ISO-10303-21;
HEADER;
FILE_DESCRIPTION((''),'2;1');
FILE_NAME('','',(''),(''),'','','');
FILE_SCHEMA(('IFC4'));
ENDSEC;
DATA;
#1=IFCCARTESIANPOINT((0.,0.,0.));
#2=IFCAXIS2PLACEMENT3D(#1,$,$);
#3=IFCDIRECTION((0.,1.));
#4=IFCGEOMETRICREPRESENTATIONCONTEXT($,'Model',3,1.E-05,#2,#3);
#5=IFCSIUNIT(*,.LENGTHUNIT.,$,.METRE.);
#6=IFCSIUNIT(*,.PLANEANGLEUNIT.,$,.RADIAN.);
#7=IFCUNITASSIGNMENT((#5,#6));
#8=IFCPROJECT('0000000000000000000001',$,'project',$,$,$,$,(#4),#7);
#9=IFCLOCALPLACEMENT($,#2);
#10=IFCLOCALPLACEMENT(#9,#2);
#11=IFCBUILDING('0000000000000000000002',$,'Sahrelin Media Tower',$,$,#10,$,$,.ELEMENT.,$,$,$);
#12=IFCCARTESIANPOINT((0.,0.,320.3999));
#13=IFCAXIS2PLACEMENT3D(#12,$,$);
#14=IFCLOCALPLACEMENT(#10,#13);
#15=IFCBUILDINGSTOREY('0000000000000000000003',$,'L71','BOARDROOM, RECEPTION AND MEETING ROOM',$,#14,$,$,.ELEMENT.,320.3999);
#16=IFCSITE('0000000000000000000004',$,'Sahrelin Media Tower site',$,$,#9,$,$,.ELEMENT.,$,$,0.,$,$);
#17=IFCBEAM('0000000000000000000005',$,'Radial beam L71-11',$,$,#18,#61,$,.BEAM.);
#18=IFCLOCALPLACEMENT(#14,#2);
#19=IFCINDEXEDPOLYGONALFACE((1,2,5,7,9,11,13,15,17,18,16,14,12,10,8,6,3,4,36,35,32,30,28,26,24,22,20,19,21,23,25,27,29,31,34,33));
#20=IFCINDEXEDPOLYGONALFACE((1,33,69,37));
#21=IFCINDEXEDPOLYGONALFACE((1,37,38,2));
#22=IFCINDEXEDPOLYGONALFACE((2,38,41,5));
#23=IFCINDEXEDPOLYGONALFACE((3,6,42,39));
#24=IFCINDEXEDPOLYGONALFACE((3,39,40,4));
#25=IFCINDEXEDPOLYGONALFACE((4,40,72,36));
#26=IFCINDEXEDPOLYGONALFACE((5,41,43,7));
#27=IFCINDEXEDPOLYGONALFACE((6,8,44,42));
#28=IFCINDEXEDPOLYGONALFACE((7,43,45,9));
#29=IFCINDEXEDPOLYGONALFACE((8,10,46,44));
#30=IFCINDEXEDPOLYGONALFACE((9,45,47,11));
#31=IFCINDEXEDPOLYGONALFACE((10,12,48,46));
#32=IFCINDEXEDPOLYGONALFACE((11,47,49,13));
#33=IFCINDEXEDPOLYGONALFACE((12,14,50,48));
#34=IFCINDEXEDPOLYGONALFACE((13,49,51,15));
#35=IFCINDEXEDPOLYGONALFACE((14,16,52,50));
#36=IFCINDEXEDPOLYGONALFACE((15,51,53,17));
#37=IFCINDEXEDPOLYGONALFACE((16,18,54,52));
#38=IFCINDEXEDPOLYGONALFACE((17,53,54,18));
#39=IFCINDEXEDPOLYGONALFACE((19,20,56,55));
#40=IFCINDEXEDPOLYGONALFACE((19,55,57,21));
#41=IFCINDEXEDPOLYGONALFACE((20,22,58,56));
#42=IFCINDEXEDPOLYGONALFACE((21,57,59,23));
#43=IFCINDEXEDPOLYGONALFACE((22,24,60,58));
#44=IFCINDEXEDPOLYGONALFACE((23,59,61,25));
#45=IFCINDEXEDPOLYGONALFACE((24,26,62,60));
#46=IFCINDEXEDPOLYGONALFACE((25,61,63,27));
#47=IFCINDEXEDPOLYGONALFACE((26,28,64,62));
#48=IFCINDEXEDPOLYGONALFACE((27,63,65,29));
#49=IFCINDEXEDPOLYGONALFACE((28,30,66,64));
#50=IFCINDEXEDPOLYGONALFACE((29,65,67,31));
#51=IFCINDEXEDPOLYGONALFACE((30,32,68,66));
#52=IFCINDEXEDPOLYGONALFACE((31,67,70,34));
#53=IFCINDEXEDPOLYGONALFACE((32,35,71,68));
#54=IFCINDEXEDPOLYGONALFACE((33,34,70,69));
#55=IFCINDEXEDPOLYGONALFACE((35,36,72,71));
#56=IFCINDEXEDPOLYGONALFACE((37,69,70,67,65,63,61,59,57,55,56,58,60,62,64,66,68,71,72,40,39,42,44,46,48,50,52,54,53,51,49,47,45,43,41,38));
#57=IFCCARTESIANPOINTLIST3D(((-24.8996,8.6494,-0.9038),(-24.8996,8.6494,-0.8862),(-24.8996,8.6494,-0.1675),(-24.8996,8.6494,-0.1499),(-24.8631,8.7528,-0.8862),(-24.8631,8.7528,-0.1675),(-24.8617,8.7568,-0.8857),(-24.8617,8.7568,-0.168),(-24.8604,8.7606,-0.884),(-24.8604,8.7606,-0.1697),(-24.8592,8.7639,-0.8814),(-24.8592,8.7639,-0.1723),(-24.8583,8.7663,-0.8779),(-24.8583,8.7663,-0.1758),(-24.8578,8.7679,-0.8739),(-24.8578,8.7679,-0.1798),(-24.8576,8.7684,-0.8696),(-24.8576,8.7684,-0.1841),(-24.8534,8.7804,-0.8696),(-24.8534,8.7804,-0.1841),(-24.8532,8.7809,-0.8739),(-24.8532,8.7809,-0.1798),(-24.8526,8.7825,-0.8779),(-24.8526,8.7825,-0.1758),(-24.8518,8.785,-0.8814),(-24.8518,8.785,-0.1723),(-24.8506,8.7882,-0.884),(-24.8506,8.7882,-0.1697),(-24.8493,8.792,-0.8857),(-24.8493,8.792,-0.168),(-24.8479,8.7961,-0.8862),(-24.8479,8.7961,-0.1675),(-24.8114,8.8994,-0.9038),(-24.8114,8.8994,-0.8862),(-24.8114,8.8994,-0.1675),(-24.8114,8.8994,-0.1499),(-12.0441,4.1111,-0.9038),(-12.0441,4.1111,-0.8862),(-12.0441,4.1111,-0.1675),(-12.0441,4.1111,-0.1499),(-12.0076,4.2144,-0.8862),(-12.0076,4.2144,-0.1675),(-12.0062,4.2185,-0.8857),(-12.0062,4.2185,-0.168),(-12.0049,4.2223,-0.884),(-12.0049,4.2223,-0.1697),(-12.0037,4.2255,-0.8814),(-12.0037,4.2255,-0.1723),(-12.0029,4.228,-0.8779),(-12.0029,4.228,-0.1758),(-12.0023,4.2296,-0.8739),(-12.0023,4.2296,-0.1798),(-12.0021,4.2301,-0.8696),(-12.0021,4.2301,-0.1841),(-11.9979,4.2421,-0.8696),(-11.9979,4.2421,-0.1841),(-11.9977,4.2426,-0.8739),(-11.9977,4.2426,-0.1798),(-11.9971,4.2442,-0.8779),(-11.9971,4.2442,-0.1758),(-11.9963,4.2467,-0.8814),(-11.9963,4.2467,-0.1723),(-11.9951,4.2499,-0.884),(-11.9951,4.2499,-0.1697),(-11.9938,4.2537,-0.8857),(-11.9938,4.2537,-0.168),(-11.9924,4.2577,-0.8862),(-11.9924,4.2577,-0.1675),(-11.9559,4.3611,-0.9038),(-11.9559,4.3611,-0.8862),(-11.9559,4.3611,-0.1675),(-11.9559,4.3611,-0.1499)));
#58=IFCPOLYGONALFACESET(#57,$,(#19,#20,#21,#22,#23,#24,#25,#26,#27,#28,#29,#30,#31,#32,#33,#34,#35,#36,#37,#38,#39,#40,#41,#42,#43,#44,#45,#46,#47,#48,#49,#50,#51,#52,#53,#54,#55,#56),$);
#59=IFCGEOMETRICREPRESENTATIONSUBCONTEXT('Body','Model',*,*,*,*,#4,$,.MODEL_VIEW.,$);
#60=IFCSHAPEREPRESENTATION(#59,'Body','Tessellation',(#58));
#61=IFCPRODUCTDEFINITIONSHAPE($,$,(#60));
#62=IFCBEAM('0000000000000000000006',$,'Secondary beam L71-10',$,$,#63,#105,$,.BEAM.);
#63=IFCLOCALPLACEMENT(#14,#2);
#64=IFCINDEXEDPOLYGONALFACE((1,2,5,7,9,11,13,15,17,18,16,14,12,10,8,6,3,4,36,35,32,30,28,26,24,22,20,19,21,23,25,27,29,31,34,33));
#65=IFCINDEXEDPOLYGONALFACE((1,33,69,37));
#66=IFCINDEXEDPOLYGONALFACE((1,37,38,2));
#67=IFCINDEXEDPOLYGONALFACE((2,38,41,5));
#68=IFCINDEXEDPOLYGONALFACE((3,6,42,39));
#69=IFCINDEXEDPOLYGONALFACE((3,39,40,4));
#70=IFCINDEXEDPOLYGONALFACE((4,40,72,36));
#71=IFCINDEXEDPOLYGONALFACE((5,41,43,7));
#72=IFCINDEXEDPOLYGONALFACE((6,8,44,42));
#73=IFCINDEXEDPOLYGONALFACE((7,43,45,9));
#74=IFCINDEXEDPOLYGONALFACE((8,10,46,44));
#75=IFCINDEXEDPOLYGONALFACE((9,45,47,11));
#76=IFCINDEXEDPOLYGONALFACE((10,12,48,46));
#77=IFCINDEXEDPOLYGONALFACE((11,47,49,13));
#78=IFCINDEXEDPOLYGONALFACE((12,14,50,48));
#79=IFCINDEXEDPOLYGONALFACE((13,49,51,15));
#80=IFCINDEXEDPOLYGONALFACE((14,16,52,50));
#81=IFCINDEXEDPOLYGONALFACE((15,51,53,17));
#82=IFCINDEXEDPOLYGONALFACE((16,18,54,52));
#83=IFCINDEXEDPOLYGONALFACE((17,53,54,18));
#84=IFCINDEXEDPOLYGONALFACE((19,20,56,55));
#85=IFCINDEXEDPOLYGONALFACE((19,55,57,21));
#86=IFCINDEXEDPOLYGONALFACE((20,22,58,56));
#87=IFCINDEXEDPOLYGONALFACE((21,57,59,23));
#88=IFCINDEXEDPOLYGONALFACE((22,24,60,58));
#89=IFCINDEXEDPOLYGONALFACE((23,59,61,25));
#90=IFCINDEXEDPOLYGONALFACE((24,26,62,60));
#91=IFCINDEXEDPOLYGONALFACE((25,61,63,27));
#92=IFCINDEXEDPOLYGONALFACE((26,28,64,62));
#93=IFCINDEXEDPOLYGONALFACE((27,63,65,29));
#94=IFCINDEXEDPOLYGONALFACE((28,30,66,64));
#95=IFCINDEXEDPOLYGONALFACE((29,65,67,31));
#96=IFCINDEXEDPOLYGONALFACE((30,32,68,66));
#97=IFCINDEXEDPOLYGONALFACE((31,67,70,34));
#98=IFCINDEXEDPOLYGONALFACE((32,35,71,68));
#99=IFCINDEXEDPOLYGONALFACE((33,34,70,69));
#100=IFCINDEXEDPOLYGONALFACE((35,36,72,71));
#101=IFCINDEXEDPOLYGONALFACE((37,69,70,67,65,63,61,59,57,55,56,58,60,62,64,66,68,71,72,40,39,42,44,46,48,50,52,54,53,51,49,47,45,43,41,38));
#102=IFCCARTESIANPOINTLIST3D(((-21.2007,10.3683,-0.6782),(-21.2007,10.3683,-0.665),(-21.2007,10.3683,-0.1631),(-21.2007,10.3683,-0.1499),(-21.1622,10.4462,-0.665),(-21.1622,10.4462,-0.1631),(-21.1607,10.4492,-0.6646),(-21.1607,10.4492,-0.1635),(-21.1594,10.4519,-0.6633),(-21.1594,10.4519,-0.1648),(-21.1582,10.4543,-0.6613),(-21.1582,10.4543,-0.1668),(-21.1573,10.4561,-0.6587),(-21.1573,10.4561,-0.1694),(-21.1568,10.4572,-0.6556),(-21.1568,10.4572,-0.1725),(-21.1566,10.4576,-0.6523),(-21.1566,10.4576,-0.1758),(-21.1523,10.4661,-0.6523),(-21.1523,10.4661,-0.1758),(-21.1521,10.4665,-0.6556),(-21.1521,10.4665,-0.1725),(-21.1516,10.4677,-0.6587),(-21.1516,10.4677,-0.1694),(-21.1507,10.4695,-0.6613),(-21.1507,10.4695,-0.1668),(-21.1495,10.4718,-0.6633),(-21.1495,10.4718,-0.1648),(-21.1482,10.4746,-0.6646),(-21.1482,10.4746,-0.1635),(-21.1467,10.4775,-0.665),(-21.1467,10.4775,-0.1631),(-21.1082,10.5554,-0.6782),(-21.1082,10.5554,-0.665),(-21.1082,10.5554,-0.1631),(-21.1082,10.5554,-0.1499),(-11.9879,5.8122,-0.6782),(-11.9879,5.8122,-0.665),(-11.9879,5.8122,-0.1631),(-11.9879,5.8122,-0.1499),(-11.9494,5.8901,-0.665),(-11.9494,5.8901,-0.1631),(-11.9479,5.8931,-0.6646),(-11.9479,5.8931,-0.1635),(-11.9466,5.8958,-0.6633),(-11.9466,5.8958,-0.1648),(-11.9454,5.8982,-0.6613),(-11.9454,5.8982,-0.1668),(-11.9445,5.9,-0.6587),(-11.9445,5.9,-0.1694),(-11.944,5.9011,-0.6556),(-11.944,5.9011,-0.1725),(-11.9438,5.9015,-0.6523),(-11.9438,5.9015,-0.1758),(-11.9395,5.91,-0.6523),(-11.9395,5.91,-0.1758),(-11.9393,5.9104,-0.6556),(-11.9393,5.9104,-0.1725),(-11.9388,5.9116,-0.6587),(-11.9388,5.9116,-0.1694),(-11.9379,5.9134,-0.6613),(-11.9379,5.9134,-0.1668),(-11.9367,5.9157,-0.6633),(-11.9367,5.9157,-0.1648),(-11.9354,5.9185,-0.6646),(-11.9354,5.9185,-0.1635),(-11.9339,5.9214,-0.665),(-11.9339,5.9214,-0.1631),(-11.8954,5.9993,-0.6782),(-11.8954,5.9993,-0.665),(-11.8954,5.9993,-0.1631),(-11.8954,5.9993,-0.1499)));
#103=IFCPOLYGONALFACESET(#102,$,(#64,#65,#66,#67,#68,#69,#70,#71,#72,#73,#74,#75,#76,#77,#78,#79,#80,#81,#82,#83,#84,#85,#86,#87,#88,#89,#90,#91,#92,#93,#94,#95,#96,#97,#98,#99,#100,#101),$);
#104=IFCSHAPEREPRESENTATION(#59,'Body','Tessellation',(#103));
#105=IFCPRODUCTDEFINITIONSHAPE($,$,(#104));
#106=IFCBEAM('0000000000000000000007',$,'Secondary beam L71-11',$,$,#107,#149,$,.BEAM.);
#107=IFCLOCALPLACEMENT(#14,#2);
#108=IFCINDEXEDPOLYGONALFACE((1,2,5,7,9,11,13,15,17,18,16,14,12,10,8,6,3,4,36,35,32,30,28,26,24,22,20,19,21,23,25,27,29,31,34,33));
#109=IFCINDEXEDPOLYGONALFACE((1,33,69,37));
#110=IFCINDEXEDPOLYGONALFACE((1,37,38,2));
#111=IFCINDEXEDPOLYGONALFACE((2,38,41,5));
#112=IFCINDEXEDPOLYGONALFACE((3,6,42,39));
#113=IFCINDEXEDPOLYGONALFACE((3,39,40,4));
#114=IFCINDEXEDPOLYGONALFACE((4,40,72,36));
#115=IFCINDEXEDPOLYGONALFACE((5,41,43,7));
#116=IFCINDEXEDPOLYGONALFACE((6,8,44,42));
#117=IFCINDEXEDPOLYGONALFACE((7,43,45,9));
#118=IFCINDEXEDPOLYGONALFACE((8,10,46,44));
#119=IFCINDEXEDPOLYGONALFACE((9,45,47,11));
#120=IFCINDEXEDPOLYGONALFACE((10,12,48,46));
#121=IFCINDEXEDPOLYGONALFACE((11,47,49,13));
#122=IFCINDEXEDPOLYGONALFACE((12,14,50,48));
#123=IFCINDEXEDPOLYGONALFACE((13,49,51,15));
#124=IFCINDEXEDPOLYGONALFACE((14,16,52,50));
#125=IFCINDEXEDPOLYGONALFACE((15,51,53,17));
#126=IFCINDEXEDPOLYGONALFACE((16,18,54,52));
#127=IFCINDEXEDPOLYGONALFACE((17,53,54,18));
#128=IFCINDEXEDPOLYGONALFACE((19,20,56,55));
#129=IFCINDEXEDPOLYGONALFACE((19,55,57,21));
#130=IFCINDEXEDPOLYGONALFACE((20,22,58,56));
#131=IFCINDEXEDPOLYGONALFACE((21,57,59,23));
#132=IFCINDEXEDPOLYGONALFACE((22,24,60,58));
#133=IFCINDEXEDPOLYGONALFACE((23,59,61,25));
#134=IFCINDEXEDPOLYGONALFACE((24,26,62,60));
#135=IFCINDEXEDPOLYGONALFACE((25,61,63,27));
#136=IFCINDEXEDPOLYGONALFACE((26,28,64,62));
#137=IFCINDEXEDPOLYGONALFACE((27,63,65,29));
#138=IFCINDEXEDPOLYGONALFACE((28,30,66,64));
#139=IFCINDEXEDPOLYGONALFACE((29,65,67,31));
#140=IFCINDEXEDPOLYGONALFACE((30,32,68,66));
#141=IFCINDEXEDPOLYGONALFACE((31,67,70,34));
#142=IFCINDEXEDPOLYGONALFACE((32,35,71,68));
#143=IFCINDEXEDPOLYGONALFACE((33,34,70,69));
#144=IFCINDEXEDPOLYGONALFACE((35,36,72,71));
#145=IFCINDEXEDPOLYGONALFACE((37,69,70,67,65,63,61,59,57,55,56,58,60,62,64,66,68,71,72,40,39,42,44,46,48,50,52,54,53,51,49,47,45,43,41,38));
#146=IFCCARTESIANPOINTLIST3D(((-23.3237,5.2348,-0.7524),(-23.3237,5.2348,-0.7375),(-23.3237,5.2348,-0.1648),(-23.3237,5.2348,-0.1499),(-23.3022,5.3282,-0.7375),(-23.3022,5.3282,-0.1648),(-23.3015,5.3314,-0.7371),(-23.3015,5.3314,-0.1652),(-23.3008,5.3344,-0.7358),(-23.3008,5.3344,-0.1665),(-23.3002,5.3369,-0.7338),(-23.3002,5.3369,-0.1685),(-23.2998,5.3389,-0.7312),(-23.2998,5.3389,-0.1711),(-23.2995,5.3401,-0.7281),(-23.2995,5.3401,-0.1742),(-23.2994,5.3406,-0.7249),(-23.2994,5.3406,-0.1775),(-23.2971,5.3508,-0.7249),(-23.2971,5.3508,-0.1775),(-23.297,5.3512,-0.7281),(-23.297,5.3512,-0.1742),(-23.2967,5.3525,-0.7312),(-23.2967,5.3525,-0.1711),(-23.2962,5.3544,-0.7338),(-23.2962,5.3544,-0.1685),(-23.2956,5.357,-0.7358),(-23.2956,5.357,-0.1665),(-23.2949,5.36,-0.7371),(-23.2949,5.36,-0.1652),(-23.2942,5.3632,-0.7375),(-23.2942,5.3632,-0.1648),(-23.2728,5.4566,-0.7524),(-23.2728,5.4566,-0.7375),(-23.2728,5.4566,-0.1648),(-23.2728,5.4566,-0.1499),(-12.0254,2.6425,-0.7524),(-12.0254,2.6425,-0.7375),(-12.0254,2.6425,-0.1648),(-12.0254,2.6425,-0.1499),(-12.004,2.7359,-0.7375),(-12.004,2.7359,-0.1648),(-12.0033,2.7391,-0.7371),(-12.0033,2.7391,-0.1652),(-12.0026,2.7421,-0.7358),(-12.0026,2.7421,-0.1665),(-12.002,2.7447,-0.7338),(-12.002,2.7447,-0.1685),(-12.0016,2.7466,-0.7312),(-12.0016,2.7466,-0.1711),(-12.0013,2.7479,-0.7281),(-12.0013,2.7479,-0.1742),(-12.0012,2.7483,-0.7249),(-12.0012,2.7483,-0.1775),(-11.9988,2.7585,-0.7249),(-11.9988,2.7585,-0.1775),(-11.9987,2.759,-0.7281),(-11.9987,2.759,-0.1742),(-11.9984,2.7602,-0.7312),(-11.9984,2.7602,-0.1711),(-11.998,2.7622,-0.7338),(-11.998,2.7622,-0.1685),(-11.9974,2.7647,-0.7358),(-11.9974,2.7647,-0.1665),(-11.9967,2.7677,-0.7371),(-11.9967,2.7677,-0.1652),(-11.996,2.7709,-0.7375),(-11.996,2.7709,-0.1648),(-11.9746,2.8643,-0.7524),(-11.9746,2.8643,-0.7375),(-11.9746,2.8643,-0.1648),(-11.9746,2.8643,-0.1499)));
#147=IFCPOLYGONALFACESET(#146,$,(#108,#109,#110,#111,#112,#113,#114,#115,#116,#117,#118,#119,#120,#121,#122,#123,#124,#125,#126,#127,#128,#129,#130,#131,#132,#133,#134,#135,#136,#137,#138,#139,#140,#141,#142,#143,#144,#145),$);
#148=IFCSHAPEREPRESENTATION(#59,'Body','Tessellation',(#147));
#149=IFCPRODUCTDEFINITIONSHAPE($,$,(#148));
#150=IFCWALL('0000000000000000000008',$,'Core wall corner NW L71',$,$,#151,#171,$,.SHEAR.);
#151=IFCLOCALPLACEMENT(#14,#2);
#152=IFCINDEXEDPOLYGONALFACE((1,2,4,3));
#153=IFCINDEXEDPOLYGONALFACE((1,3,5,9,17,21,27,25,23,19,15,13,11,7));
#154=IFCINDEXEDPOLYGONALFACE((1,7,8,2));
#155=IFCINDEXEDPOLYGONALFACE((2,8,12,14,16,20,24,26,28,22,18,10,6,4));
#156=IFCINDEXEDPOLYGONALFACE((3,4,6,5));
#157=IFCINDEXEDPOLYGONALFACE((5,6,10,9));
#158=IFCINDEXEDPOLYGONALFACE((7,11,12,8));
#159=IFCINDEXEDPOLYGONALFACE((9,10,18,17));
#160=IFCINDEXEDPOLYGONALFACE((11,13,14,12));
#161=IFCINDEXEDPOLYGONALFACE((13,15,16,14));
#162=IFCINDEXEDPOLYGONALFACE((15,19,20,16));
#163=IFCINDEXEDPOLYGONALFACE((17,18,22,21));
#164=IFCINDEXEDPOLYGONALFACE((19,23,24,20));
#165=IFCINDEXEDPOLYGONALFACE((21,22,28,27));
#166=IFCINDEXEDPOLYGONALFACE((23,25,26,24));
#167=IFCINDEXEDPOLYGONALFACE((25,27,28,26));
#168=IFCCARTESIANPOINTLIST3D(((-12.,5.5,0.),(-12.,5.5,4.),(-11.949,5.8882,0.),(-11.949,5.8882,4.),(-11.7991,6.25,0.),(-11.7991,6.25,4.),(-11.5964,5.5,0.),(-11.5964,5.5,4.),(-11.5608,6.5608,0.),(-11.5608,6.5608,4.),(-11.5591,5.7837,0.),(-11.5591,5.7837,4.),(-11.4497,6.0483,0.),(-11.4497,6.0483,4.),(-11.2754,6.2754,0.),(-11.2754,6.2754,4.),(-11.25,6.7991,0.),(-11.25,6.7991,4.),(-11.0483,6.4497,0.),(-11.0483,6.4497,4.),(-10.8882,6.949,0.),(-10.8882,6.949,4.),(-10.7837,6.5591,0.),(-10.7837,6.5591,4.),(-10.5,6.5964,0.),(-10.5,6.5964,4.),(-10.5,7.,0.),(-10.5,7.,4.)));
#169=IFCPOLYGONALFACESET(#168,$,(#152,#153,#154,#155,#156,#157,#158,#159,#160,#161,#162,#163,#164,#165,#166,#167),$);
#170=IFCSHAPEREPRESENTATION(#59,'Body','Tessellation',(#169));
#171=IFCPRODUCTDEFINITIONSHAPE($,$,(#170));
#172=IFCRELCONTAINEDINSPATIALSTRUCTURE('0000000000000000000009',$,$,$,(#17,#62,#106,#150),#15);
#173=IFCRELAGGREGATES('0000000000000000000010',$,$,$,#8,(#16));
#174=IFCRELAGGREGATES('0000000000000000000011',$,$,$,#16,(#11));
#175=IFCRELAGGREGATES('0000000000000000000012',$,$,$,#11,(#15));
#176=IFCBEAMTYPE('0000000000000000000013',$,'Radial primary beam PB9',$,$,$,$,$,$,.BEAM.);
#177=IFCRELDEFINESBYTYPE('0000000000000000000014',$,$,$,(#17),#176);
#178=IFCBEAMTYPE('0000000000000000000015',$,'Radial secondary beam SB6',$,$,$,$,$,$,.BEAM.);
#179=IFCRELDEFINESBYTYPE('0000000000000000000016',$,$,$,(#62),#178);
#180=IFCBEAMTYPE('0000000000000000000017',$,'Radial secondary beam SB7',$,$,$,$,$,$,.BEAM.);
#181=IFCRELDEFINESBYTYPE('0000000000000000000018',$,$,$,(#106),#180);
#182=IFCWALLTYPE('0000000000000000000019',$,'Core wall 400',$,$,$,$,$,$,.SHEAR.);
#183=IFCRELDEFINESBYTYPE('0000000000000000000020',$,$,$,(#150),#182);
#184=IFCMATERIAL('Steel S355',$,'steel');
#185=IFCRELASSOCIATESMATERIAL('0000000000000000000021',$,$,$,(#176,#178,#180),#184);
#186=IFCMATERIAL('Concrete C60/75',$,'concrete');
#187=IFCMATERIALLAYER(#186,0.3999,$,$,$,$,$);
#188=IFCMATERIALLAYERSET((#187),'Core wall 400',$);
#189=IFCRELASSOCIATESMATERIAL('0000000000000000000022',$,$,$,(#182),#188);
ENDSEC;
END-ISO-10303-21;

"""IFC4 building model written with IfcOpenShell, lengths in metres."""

from ifc_helpers import new_model, si_unit, direction, frame, origin, origin_2d, place, context, subcontext, project, spatial, polyline, i_section, outline, extrude, material, layer, layer_set, material_profile, profile_set, type_object, element, save


model = new_model("IFC4")

# Units and contexts
model_context = context("Model", 3, precision=1e-05, world=origin(), true_north=direction((0.0, 1.0)))
body_context = subcontext(model_context, "Body", "Model", "MODEL_VIEW")
ifc_project = project(units=[si_unit("LENGTHUNIT", "METRE"), si_unit("PLANEANGLEUNIT", "RADIAN")], contexts=[model_context])

# Site, building, storey
site_placement = place(None, origin())
site = spatial("IfcSite", under=ifc_project, at=site_placement, Name="Sahrelin Media Tower site", CompositionType="ELEMENT", RefElevation=0.0)
building_placement = place(site_placement, origin())
building = spatial("IfcBuilding", under=site, at=building_placement, Name="Sahrelin Media Tower", CompositionType="ELEMENT")
storey_placement = place(building_placement, frame((0.0, 0.0, 320.3999)))
storey = spatial("IfcBuildingStorey", under=building, at=storey_placement, Name="L71", Description="BOARDROOM, RECEPTION AND MEETING ROOM", CompositionType="ELEMENT", Elevation=320.3999)

# Beams
ifc_material_1 = material(Name="Steel S355", Category="steel")
ifc_material_profile_1 = material_profile(ifc_material_1, i_section(OverallWidth=0.2651, OverallDepth=0.7539, WebThickness=0.0127, FlangeThickness=0.0176, FilletRadius=0.0166, at=origin_2d()), Name="UB 762x267x147")
ifc_profile_set_1 = profile_set([ifc_material_profile_1], Name="Steel S355")
beam_type_1 = type_object("IfcBeamType", Name="Radial primary beam PB9", PredefinedType="BEAM", material=ifc_profile_set_1)
beam_1_placement = place(storey_placement, frame((-12.0, 4.2361, -0.5269), z_axis=(-0.942965, 0.332892, 0.0), x_axis=(-0.332892, -0.942965, 0.0)))
element("IfcBeam", 1, at=beam_1_placement, inside=storey, type_object=beam_type_1, Name="Radial beam L71-11", PredefinedType="BEAM", context=body_context, shape_type="SweptSolid", body=[
    extrude(i_section(OverallWidth=0.2651, OverallDepth=0.7539, WebThickness=0.0127, FlangeThickness=0.0176, FilletRadius=0.0166, at=origin_2d()), origin(), (0.0, 0.0, 1.0), 13.6331),
])
ifc_material_profile_2 = material_profile(ifc_material_1, i_section(OverallWidth=0.2087, OverallDepth=0.5283, WebThickness=0.0095, FlangeThickness=0.0132, FilletRadius=0.0127, at=origin_2d()), Name="UB 533x210x82")
ifc_profile_set_2 = profile_set([ifc_material_profile_2], Name="Steel S355")
beam_type_2 = type_object("IfcBeamType", Name="Radial secondary beam SB6", PredefinedType="BEAM", material=ifc_profile_set_2)
beam_2_placement = place(storey_placement, frame((-11.9417, 5.9058, -0.4141), z_axis=(-0.896376, 0.443295, 0.0), x_axis=(-0.443295, -0.896376, 0.0)))
element("IfcBeam", 2, at=beam_2_placement, inside=storey, type_object=beam_type_2, Name="Secondary beam L71-10", PredefinedType="BEAM", context=body_context, shape_type="SweptSolid", body=[
    extrude(i_section(OverallWidth=0.2087, OverallDepth=0.5283, WebThickness=0.0095, FlangeThickness=0.0132, FilletRadius=0.0127, at=origin_2d()), origin(), (0.0, 0.0, 1.0), 10.2778),
])
ifc_material_profile_3 = material_profile(ifc_material_1, i_section(OverallWidth=0.2275, OverallDepth=0.6025, WebThickness=0.0105, FlangeThickness=0.0149, FilletRadius=0.0127, at=origin_2d()), Name="UB 610x229x101")
ifc_profile_set_3 = profile_set([ifc_material_profile_3], Name="Steel S355")
beam_type_3 = type_object("IfcBeamType", Name="Radial secondary beam SB7", PredefinedType="BEAM", material=ifc_profile_set_3)
beam_3_placement = place(storey_placement, frame((-12.0, 2.7534, -0.4512), z_axis=(-0.974674, 0.223629, 0.0), x_axis=(-0.223629, -0.974674, 0.0)))
element("IfcBeam", 3, at=beam_3_placement, inside=storey, type_object=beam_type_3, Name="Secondary beam L71-11", PredefinedType="BEAM", context=body_context, shape_type="SweptSolid", body=[
    extrude(i_section(OverallWidth=0.2275, OverallDepth=0.6025, WebThickness=0.0105, FlangeThickness=0.0149, FilletRadius=0.0127, at=origin_2d()), origin(), (0.0, 0.0, 1.0), 11.5918),
])

# Wall
ifc_material_2 = material(Name="Concrete C60/75", Category="concrete")
ifc_layer_1 = layer(ifc_material_2, 0.3999)
ifc_layer_set_1 = layer_set([ifc_layer_1], Name="Core wall 400")
wall_type_1 = type_object("IfcWallType", Name="Core wall 400", PredefinedType="SHEAR", material=ifc_layer_set_1)
placement = place(storey_placement, origin())
element("IfcWall", 4, at=placement, inside=storey, type_object=wall_type_1, Name="Core wall corner NW L71", PredefinedType="SHEAR", context=body_context, shape_type="SweptSolid", body=[
    extrude(outline(polyline([(-12.0, 5.5), (-11.5964, 5.5), (-11.5591, 5.7837), (-11.4497, 6.0483), (-11.2754, 6.2754), (-11.0483, 6.4497), (-10.7837, 6.5591), (-10.5, 6.5964), (-10.5, 7.0), (-10.8882, 6.949), (-11.25, 6.7991), (-11.5608, 6.5608), (-11.7991, 6.25), (-11.949, 5.8882), (-12.0, 5.5)])), origin(), (0.0, 0.0, 1.0), 4.0),
])

save(model, "model.ifc")
